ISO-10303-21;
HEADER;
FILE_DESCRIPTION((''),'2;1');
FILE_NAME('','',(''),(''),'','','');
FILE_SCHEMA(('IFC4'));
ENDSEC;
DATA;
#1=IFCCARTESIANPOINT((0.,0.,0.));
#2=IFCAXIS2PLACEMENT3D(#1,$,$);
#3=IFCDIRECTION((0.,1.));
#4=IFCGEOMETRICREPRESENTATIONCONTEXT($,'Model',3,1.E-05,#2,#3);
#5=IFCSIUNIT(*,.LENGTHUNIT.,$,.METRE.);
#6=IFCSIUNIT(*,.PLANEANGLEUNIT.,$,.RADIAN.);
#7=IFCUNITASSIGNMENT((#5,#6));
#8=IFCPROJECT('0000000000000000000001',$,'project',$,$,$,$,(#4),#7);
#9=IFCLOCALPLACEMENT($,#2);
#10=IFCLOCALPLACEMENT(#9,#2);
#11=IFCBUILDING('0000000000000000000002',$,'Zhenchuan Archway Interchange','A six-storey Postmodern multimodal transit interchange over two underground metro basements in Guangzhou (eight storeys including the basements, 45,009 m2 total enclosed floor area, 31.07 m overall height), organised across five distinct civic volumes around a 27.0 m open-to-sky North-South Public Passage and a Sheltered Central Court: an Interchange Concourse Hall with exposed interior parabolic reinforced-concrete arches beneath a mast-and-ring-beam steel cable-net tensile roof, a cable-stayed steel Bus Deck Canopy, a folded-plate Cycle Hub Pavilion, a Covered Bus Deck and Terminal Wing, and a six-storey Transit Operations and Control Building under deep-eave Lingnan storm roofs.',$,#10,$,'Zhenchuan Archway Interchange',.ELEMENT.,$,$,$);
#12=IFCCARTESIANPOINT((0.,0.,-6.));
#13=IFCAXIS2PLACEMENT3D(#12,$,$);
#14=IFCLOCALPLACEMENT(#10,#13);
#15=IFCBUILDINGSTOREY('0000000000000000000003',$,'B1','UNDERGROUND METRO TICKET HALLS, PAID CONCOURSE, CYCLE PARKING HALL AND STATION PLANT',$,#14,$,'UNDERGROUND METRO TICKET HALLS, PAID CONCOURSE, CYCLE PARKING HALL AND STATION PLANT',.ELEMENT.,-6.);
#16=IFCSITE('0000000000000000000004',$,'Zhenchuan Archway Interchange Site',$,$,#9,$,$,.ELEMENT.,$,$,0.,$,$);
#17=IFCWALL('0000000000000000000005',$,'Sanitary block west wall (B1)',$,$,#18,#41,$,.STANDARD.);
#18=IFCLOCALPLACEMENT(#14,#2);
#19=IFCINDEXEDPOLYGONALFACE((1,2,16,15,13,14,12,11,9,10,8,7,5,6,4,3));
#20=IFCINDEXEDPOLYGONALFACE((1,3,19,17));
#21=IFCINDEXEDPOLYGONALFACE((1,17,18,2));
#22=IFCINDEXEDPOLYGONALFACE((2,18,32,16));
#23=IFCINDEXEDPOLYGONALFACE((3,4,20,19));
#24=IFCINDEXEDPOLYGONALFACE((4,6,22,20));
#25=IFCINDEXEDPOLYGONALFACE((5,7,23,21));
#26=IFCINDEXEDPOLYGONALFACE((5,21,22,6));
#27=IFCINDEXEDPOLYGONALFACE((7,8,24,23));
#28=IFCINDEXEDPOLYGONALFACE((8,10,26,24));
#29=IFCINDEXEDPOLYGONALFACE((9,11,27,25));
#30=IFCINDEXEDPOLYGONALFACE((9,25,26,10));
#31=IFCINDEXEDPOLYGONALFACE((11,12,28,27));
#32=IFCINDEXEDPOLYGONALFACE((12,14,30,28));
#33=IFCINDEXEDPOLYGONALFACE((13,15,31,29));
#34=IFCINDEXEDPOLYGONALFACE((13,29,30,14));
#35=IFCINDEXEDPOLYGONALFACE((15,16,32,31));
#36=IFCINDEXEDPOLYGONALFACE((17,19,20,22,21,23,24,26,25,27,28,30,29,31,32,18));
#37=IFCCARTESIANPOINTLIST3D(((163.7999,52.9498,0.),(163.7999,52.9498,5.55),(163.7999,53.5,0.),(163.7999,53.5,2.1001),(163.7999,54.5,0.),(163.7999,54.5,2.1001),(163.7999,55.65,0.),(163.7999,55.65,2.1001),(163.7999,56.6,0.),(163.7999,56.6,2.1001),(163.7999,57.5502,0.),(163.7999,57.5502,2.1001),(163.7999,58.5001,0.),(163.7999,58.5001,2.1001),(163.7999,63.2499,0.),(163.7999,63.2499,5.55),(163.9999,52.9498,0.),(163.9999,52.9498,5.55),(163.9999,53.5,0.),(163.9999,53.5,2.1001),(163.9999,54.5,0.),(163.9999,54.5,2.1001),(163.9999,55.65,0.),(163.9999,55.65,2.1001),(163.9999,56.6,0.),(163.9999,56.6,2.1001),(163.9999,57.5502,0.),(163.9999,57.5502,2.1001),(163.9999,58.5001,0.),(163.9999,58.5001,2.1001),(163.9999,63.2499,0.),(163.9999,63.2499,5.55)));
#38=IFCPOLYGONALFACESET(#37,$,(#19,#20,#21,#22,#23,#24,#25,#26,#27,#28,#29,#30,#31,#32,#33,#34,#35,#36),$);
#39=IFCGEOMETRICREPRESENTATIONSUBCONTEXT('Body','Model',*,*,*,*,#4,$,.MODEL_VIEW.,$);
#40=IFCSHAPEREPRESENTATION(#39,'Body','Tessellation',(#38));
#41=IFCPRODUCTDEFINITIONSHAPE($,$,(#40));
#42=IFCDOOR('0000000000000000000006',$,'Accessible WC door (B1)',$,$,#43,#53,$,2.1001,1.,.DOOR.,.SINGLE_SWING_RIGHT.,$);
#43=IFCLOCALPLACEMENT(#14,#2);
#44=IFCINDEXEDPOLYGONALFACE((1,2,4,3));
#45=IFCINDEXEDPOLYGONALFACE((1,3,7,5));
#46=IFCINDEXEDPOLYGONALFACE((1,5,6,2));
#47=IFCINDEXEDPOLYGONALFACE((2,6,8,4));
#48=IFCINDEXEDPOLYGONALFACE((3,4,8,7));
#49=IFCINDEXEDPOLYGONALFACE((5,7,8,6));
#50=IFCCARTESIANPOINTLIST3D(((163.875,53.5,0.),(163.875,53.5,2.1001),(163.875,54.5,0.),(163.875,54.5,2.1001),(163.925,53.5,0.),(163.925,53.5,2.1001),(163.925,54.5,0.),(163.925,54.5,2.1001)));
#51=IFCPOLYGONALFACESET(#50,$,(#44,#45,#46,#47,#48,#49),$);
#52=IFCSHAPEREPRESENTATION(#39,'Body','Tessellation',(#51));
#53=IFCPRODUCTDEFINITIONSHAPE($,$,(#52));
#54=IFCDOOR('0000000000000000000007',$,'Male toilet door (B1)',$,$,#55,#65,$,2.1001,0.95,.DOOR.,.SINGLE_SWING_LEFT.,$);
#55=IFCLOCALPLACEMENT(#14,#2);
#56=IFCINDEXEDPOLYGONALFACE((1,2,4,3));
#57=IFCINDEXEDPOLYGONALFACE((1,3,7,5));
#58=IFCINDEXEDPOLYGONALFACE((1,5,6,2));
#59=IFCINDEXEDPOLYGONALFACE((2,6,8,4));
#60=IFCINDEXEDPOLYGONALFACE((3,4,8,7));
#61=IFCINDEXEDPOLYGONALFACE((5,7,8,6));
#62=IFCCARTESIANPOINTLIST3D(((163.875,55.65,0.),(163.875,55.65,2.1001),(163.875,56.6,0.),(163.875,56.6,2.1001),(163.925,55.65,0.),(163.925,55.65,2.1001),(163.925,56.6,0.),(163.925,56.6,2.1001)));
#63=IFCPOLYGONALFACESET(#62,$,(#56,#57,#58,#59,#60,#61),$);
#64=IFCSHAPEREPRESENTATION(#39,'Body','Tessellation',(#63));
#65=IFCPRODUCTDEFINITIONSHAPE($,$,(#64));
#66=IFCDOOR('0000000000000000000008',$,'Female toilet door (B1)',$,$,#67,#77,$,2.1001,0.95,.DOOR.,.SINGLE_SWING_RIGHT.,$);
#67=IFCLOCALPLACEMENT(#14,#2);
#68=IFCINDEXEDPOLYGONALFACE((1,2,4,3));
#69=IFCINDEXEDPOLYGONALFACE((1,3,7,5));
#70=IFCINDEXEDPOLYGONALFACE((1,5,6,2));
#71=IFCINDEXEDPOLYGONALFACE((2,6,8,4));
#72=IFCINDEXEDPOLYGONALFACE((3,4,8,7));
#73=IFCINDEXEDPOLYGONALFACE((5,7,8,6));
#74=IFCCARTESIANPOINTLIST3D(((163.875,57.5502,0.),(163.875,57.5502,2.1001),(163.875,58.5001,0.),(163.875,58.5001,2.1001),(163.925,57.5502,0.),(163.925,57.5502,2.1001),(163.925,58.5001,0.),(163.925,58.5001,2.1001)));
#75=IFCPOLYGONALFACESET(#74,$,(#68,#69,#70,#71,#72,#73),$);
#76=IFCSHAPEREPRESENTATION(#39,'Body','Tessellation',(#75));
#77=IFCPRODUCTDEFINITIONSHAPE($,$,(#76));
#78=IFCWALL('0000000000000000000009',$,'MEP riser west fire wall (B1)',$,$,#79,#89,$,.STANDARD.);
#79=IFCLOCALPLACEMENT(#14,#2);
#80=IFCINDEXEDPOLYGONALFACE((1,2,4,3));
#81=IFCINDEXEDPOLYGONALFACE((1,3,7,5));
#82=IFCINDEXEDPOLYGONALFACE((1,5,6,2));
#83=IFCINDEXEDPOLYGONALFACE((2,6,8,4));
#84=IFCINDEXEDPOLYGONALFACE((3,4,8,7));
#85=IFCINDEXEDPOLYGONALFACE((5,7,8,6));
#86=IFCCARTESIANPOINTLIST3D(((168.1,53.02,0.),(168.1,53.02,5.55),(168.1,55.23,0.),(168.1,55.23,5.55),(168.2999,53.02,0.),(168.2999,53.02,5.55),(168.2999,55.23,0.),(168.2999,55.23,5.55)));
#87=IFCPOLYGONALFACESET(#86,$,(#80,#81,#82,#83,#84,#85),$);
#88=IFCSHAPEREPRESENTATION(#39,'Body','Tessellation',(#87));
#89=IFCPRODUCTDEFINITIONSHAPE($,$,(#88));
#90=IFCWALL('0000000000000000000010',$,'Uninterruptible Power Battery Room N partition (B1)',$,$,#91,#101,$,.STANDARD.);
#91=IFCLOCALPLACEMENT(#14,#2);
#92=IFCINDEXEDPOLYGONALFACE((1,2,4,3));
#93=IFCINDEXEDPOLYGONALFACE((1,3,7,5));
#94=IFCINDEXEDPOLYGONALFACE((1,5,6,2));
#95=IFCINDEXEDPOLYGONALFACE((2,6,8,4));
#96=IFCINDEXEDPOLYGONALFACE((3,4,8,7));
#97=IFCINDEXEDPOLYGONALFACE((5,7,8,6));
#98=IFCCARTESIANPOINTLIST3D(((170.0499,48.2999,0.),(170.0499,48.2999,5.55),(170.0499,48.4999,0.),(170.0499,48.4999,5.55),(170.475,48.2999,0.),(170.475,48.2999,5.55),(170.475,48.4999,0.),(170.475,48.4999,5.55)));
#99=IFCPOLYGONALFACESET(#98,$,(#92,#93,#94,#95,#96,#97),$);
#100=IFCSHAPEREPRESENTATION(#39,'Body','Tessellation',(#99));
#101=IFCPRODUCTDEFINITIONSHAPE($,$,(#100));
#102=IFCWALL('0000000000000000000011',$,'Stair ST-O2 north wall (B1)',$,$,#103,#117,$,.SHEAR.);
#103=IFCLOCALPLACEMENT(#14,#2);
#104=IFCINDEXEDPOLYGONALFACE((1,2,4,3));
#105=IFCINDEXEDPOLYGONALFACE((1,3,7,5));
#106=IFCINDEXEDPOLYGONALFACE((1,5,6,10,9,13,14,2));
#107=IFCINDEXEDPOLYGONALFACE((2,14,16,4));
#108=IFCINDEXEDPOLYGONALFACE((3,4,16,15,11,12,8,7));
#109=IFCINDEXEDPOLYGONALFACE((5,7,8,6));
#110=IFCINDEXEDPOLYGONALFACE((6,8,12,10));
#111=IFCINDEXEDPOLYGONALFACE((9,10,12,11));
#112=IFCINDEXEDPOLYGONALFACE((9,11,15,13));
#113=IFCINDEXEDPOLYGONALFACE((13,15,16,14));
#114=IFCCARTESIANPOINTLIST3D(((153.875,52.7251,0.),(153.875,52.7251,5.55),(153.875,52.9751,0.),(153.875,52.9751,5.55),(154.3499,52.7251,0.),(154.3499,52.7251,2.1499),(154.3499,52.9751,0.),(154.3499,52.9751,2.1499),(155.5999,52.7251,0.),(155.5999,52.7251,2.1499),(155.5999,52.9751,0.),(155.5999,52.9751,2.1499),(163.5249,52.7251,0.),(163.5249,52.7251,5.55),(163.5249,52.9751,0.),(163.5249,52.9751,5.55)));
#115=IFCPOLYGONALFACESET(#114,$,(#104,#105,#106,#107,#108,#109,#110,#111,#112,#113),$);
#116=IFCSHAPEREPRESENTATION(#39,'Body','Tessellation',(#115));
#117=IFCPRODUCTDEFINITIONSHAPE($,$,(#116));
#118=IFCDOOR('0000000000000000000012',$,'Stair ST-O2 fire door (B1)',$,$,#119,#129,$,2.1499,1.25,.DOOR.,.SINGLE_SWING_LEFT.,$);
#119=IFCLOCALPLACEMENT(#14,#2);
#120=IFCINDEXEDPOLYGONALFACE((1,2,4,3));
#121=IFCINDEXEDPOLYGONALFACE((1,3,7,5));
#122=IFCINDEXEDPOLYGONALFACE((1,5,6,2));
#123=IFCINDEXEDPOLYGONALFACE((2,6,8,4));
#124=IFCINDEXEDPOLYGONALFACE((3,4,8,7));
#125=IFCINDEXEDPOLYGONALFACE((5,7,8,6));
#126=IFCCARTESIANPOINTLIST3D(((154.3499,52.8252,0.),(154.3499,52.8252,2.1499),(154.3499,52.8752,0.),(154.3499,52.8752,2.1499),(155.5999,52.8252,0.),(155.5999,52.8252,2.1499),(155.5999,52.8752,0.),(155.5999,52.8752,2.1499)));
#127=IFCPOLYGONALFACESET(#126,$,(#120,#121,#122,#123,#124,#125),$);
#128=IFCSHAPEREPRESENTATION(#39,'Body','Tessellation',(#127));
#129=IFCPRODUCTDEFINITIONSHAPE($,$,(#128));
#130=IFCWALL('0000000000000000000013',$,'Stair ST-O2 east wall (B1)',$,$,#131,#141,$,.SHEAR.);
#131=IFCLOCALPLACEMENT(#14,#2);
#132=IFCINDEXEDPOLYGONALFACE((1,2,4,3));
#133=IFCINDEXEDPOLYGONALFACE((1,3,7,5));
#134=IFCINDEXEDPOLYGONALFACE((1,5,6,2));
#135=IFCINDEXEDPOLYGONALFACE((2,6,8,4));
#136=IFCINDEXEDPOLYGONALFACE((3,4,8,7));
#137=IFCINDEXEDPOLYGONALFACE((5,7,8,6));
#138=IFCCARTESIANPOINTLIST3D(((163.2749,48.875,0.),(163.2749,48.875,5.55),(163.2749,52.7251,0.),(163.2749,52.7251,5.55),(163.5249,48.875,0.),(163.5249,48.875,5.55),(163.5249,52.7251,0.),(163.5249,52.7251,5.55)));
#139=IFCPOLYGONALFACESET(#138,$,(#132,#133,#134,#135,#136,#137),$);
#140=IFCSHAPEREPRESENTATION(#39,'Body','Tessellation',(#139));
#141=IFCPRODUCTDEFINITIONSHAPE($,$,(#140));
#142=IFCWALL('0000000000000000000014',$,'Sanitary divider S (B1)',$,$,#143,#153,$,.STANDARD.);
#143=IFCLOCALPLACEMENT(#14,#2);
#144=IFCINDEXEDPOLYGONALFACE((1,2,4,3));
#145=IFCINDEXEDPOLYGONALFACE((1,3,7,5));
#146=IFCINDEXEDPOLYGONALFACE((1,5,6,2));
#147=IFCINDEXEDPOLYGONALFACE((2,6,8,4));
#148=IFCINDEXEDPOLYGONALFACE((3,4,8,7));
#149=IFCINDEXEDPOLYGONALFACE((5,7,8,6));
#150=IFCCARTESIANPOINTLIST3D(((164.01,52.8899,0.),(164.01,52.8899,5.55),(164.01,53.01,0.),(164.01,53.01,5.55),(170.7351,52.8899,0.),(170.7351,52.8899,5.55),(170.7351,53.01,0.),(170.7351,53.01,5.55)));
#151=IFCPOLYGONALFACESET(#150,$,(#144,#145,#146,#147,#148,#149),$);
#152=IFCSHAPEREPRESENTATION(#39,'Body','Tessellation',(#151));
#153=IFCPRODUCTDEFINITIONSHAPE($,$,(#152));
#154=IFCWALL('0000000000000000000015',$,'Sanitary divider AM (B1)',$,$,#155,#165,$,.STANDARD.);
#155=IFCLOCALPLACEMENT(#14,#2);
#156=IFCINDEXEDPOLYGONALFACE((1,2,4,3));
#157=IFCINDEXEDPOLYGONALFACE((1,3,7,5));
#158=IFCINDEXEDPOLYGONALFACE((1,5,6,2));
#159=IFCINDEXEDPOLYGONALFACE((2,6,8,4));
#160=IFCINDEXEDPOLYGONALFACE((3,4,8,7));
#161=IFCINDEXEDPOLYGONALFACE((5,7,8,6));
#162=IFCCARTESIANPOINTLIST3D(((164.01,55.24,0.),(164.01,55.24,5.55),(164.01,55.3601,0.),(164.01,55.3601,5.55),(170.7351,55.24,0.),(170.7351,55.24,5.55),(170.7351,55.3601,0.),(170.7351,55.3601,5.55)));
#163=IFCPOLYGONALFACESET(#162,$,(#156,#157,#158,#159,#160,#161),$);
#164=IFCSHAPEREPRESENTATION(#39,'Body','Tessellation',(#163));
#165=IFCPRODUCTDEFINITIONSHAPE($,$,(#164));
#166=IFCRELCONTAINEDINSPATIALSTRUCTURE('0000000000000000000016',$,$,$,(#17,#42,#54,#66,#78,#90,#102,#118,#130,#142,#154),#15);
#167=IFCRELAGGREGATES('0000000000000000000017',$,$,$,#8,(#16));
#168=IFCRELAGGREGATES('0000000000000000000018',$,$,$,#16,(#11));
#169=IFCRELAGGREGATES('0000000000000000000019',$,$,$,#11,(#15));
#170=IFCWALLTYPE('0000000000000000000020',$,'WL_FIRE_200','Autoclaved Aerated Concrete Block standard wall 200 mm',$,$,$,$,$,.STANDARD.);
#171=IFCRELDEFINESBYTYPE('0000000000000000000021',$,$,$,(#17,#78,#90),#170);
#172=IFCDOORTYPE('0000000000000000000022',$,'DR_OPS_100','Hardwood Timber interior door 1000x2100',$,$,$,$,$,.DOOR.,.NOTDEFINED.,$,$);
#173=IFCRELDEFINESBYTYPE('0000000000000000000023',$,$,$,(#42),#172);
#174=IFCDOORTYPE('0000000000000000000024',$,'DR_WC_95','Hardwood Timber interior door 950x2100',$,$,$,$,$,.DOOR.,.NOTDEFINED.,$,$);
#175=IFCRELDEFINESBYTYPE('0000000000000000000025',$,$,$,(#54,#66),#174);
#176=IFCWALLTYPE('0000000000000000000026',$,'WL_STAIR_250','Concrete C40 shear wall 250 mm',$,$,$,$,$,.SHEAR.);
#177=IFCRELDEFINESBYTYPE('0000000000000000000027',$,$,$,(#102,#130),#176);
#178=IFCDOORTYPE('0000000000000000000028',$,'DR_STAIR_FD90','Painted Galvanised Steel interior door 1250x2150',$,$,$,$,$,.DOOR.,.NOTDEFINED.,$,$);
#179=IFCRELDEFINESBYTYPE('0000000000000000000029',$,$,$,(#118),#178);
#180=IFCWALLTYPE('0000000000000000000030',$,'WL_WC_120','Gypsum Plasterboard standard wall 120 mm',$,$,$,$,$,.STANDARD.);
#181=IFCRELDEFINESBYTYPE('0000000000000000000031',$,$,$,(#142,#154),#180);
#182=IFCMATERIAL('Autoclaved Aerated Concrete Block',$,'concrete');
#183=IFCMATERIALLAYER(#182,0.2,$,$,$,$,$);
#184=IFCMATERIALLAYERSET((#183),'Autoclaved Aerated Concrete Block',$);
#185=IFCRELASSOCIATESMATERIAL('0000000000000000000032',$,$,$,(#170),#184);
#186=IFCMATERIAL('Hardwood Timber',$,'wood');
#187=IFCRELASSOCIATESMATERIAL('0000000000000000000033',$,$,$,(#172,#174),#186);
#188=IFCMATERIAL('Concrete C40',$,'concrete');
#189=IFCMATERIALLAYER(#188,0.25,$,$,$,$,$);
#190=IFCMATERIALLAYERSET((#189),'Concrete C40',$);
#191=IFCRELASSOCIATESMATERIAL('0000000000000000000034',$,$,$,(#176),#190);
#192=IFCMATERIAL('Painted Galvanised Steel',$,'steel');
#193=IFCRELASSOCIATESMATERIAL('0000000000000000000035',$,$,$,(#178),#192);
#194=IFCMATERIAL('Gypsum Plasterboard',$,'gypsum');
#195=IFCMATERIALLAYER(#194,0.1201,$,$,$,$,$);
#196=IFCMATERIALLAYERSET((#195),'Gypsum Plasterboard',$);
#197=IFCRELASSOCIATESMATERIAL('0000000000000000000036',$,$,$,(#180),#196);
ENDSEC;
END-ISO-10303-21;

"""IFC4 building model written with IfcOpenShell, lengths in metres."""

from ifc_helpers import new_model, si_unit, direction, frame, frame_2d, origin, place, context, subcontext, project, spatial, rectangle, extrude, material, layer, layer_set, type_object, element, fill, save


model = new_model("IFC4")

# Units and contexts
model_context = context("Model", 3, precision=1e-05, world=origin(), true_north=direction((0.0, 1.0)))
body_context = subcontext(model_context, "Body", "Model", "MODEL_VIEW")
ifc_project = project(units=[si_unit("LENGTHUNIT", "METRE"), si_unit("PLANEANGLEUNIT", "RADIAN")], contexts=[model_context])

# Site, building, storey
site_placement = place(None, origin())
site = spatial("IfcSite", under=ifc_project, at=site_placement, Name="Zhenchuan Archway Interchange Site", CompositionType="ELEMENT", RefElevation=0.0)
building_placement = place(site_placement, origin())
building = spatial("IfcBuilding", under=site, at=building_placement, Name="Zhenchuan Archway Interchange", Description="A six-storey Postmodern multimodal transit interchange over two underground metro basements in Guangzhou (eight storeys including the basements, 45,009 m2 total enclosed floor area, 31.07 m overall height), organised across five distinct civic volumes around a 27.0 m open-to-sky North-South Public Passage and a Sheltered Central Court: an Interchange Concourse Hall with exposed interior parabolic reinforced-concrete arches beneath a mast-and-ring-beam steel cable-net tensile roof, a cable-stayed steel Bus Deck Canopy, a folded-plate Cycle Hub Pavilion, a Covered Bus Deck and Terminal Wing, and a six-storey Transit Operations and Control Building under deep-eave Lingnan storm roofs.", LongName="Zhenchuan Archway Interchange", CompositionType="ELEMENT")
storey_placement = place(building_placement, frame((0.0, 0.0, -6.0)))
storey = spatial("IfcBuildingStorey", under=building, at=storey_placement, Name="B1", Description="UNDERGROUND METRO TICKET HALLS, PAID CONCOURSE, CYCLE PARKING HALL AND STATION PLANT", LongName="UNDERGROUND METRO TICKET HALLS, PAID CONCOURSE, CYCLE PARKING HALL AND STATION PLANT", CompositionType="ELEMENT", Elevation=-6.0)

# Shared definitions
ifc_material_1 = material(Name="Concrete C40", Category="concrete")

# Wall, openings, doors
ifc_material_2 = material(Name="Autoclaved Aerated Concrete Block", Category="concrete")
ifc_layer_1 = layer(ifc_material_2, 0.2)
ifc_layer_set_1 = layer_set([ifc_layer_1], Name="Autoclaved Aerated Concrete Block")
wall_type_1 = type_object("IfcWallType", Name="WL_FIRE_200", Description="Autoclaved Aerated Concrete Block standard wall 200 mm", PredefinedType="STANDARD", material=ifc_layer_set_1)
wall_1_placement = place(storey_placement, frame((163.8999, 52.95, 0.0), z_axis=(0.0, 0.0, 1.0), x_axis=(0.0, 1.0, 0.0)))
wall_1 = element("IfcWall", 1, at=wall_1_placement, inside=storey, type_object=wall_type_1, Name="Sanitary block west wall (B1)", PredefinedType="STANDARD", context=body_context, shape_type="SweptSolid", body=[
    extrude(rectangle(XDim=10.3, YDim=0.2, at=frame_2d((5.1499, 0.0))), origin(), (0.0, 0.0, 1.0), 5.55),
])
opening_1_placement = place(wall_1_placement, frame((0.55, 0.0, 0.0)))
opening_1 = element("IfcOpeningElement", 2, at=opening_1_placement, cuts=wall_1, PredefinedType="OPENING", context=body_context, shape_type="SweptSolid", body=[
    extrude(rectangle(XDim=1.0, YDim=2.1001, at=frame_2d((0.5, 1.05))), frame((0.0, 0.1118, 0.0), z_axis=(0.0, -1.0, 0.0), x_axis=(1.0, 0.0, 0.0)), (0.0, 0.0, 1.0), 0.2239),
])
opening_2_placement = place(wall_1_placement, frame((2.7, 0.0, 0.0)))
opening_2 = element("IfcOpeningElement", 3, at=opening_2_placement, cuts=wall_1, PredefinedType="OPENING", context=body_context, shape_type="SweptSolid", body=[
    extrude(rectangle(XDim=0.95, YDim=2.1001, at=frame_2d((0.4751, 1.05))), frame((0.0, 0.1118, 0.0), z_axis=(0.0, -1.0, 0.0), x_axis=(1.0, 0.0, 0.0)), (0.0, 0.0, 1.0), 0.2239),
])
opening_3_placement = place(wall_1_placement, frame((4.6001, 0.0, 0.0)))
opening_3 = element("IfcOpeningElement", 4, at=opening_3_placement, cuts=wall_1, PredefinedType="OPENING", context=body_context, shape_type="SweptSolid", body=[
    extrude(rectangle(XDim=0.95, YDim=2.1001, at=frame_2d((0.4751, 1.05))), frame((0.0, 0.1118, 0.0), z_axis=(0.0, -1.0, 0.0), x_axis=(1.0, 0.0, 0.0)), (0.0, 0.0, 1.0), 0.2239),
])
ifc_material_3 = material(Name="Hardwood Timber", Category="wood")
door_type_1 = type_object("IfcDoorType", Name="DR_OPS_100", Description="Hardwood Timber interior door 1000x2100", OperationType="NOTDEFINED", PredefinedType="DOOR", material=ifc_material_3)
door_1_placement = place(opening_1_placement, origin())
door_1 = element("IfcDoor", 5, at=door_1_placement, inside=storey, type_object=door_type_1, Name="Accessible WC door (B1)", OperationType="SINGLE_SWING_RIGHT", OverallHeight=2.1001, OverallWidth=1.0, PredefinedType="DOOR", context=body_context, shape_type="SweptSolid", body=[
    extrude(rectangle(XDim=1.0, YDim=2.1001, at=frame_2d((0.5, 1.05))), frame((0.0, 0.0249, 0.0), z_axis=(0.0, -1.0, 0.0), x_axis=(1.0, 0.0, 0.0)), (0.0, 0.0, 1.0), 0.05),
])
fill(opening_1, door_1)
door_type_2 = type_object("IfcDoorType", Name="DR_WC_95", Description="Hardwood Timber interior door 950x2100", OperationType="NOTDEFINED", PredefinedType="DOOR", material=ifc_material_3)
door_2_placement = place(opening_2_placement, origin())
door_2 = element("IfcDoor", 6, at=door_2_placement, inside=storey, type_object=door_type_2, Name="Male toilet door (B1)", OperationType="SINGLE_SWING_LEFT", OverallHeight=2.1001, OverallWidth=0.95, PredefinedType="DOOR", context=body_context, shape_type="SweptSolid", body=[
    extrude(rectangle(XDim=0.95, YDim=2.1001, at=frame_2d((0.4751, 1.05))), frame((0.0, 0.0249, 0.0), z_axis=(0.0, -1.0, 0.0), x_axis=(1.0, 0.0, 0.0)), (0.0, 0.0, 1.0), 0.05),
])
fill(opening_2, door_2)
door_3_placement = place(opening_3_placement, origin())
door_3 = element("IfcDoor", 7, at=door_3_placement, inside=storey, type_object=door_type_2, Name="Female toilet door (B1)", OperationType="SINGLE_SWING_RIGHT", OverallHeight=2.1001, OverallWidth=0.95, PredefinedType="DOOR", context=body_context, shape_type="SweptSolid", body=[
    extrude(rectangle(XDim=0.95, YDim=2.1001, at=frame_2d((0.4751, 1.05))), frame((0.0, 0.0249, 0.0), z_axis=(0.0, -1.0, 0.0), x_axis=(1.0, 0.0, 0.0)), (0.0, 0.0, 1.0), 0.05),
])
fill(opening_3, door_3)

# Walls
wall_2_placement = place(storey_placement, frame((168.2, 53.02, 0.0), z_axis=(0.0, 0.0, 1.0), x_axis=(0.0, 1.0, 0.0)))
element("IfcWall", 8, at=wall_2_placement, inside=storey, type_object=wall_type_1, Name="MEP riser west fire wall (B1)", PredefinedType="STANDARD", context=body_context, shape_type="SweptSolid", body=[
    extrude(rectangle(XDim=2.21, YDim=0.2, at=frame_2d((1.105, 0.0))), origin(), (0.0, 0.0, 1.0), 5.55),
])
wall_3_placement = place(storey_placement, frame((170.05, 48.3999, 0.0), z_axis=(0.0, 0.0, 1.0), x_axis=(1.0, 0.0, 0.0)))
element("IfcWall", 9, at=wall_3_placement, inside=storey, type_object=wall_type_1, Name="Uninterruptible Power Battery Room N partition (B1)", PredefinedType="STANDARD", context=body_context, shape_type="SweptSolid", body=[
    extrude(rectangle(XDim=0.425, YDim=0.2, at=frame_2d((0.2124, 0.0))), origin(), (0.0, 0.0, 1.0), 5.55),
])

# Wall, opening, door
ifc_layer_2 = layer(ifc_material_1, 0.25)
ifc_layer_set_2 = layer_set([ifc_layer_2], Name="Concrete C40")
wall_type_2 = type_object("IfcWallType", Name="WL_STAIR_250", Description="Concrete C40 shear wall 250 mm", PredefinedType="SHEAR", material=ifc_layer_set_2)
wall_4_placement = place(storey_placement, frame((163.5249, 52.8501, 0.0), z_axis=(0.0, 0.0, 1.0), x_axis=(-1.0, 0.0, 0.0)))
wall_4 = element("IfcWall", 10, at=wall_4_placement, inside=storey, type_object=wall_type_2, Name="Stair ST-O2 north wall (B1)", PredefinedType="SHEAR", context=body_context, shape_type="SweptSolid", body=[
    extrude(rectangle(XDim=9.6499, YDim=0.25, at=frame_2d((4.825, 0.0))), origin(), (0.0, 0.0, 1.0), 5.55),
])
opening_4_placement = place(wall_4_placement, frame((7.925, 0.0, 0.0)))
opening_4 = element("IfcOpeningElement", 11, at=opening_4_placement, cuts=wall_4, PredefinedType="OPENING", context=body_context, shape_type="SweptSolid", body=[
    extrude(rectangle(XDim=1.25, YDim=2.1499, at=frame_2d((0.625, 1.075))), frame((0.0, 0.137, 0.0), z_axis=(0.0, -1.0, 0.0), x_axis=(1.0, 0.0, 0.0)), (0.0, 0.0, 1.0), 0.2739),
])
ifc_material_4 = material(Name="Painted Galvanised Steel", Category="steel")
door_type_3 = type_object("IfcDoorType", Name="DR_STAIR_FD90", Description="Painted Galvanised Steel interior door 1250x2150", OperationType="NOTDEFINED", PredefinedType="DOOR", material=ifc_material_4)
door_4_placement = place(opening_4_placement, origin())
door_4 = element("IfcDoor", 12, at=door_4_placement, inside=storey, type_object=door_type_3, Name="Stair ST-O2 fire door (B1)", OperationType="SINGLE_SWING_LEFT", OverallHeight=2.1499, OverallWidth=1.25, PredefinedType="DOOR", context=body_context, shape_type="SweptSolid", body=[
    extrude(rectangle(XDim=1.25, YDim=2.1499, at=frame_2d((0.625, 1.075))), frame((0.0, 0.0249, 0.0), z_axis=(0.0, -1.0, 0.0), x_axis=(1.0, 0.0, 0.0)), (0.0, 0.0, 1.0), 0.05),
])
fill(opening_4, door_4)

# Walls
wall_5_placement = place(storey_placement, frame((163.3999, 48.875, 0.0), z_axis=(0.0, 0.0, 1.0), x_axis=(0.0, 1.0, 0.0)))
element("IfcWall", 13, at=wall_5_placement, inside=storey, type_object=wall_type_2, Name="Stair ST-O2 east wall (B1)", PredefinedType="SHEAR", context=body_context, shape_type="SweptSolid", body=[
    extrude(rectangle(XDim=3.8501, YDim=0.25, at=frame_2d((1.925, 0.0))), origin(), (0.0, 0.0, 1.0), 5.55),
])
ifc_material_5 = material(Name="Gypsum Plasterboard", Category="gypsum")
ifc_layer_3 = layer(ifc_material_5, 0.1201)
ifc_layer_set_3 = layer_set([ifc_layer_3], Name="Gypsum Plasterboard")
wall_type_3 = type_object("IfcWallType", Name="WL_WC_120", Description="Gypsum Plasterboard standard wall 120 mm", PredefinedType="STANDARD", material=ifc_layer_set_3)
for number, where, z_axis, x_axis, name in (
    (14, (164.01, 52.95, 0.0), (0.0, 0.0, 1.0), (1.0, 0.0, 0.0), "Sanitary divider S (B1)"),
    (15, (164.01, 55.3, 0.0), (0.0, 0.0, 1.0), (1.0, 0.0, 0.0), "Sanitary divider AM (B1)"),
):
    element("IfcWall", number, at=place(storey_placement, frame(where, z_axis=z_axis, x_axis=x_axis)), inside=storey, type_object=wall_type_3, Name=name, PredefinedType="STANDARD", context=body_context, shape_type="SweptSolid", body=[
        extrude(rectangle(XDim=6.7251, YDim=0.1201, at=frame_2d((3.3625, 0.0))), origin(), (0.0, 0.0, 1.0), 5.55),
    ])

save(model, "model.ifc")
